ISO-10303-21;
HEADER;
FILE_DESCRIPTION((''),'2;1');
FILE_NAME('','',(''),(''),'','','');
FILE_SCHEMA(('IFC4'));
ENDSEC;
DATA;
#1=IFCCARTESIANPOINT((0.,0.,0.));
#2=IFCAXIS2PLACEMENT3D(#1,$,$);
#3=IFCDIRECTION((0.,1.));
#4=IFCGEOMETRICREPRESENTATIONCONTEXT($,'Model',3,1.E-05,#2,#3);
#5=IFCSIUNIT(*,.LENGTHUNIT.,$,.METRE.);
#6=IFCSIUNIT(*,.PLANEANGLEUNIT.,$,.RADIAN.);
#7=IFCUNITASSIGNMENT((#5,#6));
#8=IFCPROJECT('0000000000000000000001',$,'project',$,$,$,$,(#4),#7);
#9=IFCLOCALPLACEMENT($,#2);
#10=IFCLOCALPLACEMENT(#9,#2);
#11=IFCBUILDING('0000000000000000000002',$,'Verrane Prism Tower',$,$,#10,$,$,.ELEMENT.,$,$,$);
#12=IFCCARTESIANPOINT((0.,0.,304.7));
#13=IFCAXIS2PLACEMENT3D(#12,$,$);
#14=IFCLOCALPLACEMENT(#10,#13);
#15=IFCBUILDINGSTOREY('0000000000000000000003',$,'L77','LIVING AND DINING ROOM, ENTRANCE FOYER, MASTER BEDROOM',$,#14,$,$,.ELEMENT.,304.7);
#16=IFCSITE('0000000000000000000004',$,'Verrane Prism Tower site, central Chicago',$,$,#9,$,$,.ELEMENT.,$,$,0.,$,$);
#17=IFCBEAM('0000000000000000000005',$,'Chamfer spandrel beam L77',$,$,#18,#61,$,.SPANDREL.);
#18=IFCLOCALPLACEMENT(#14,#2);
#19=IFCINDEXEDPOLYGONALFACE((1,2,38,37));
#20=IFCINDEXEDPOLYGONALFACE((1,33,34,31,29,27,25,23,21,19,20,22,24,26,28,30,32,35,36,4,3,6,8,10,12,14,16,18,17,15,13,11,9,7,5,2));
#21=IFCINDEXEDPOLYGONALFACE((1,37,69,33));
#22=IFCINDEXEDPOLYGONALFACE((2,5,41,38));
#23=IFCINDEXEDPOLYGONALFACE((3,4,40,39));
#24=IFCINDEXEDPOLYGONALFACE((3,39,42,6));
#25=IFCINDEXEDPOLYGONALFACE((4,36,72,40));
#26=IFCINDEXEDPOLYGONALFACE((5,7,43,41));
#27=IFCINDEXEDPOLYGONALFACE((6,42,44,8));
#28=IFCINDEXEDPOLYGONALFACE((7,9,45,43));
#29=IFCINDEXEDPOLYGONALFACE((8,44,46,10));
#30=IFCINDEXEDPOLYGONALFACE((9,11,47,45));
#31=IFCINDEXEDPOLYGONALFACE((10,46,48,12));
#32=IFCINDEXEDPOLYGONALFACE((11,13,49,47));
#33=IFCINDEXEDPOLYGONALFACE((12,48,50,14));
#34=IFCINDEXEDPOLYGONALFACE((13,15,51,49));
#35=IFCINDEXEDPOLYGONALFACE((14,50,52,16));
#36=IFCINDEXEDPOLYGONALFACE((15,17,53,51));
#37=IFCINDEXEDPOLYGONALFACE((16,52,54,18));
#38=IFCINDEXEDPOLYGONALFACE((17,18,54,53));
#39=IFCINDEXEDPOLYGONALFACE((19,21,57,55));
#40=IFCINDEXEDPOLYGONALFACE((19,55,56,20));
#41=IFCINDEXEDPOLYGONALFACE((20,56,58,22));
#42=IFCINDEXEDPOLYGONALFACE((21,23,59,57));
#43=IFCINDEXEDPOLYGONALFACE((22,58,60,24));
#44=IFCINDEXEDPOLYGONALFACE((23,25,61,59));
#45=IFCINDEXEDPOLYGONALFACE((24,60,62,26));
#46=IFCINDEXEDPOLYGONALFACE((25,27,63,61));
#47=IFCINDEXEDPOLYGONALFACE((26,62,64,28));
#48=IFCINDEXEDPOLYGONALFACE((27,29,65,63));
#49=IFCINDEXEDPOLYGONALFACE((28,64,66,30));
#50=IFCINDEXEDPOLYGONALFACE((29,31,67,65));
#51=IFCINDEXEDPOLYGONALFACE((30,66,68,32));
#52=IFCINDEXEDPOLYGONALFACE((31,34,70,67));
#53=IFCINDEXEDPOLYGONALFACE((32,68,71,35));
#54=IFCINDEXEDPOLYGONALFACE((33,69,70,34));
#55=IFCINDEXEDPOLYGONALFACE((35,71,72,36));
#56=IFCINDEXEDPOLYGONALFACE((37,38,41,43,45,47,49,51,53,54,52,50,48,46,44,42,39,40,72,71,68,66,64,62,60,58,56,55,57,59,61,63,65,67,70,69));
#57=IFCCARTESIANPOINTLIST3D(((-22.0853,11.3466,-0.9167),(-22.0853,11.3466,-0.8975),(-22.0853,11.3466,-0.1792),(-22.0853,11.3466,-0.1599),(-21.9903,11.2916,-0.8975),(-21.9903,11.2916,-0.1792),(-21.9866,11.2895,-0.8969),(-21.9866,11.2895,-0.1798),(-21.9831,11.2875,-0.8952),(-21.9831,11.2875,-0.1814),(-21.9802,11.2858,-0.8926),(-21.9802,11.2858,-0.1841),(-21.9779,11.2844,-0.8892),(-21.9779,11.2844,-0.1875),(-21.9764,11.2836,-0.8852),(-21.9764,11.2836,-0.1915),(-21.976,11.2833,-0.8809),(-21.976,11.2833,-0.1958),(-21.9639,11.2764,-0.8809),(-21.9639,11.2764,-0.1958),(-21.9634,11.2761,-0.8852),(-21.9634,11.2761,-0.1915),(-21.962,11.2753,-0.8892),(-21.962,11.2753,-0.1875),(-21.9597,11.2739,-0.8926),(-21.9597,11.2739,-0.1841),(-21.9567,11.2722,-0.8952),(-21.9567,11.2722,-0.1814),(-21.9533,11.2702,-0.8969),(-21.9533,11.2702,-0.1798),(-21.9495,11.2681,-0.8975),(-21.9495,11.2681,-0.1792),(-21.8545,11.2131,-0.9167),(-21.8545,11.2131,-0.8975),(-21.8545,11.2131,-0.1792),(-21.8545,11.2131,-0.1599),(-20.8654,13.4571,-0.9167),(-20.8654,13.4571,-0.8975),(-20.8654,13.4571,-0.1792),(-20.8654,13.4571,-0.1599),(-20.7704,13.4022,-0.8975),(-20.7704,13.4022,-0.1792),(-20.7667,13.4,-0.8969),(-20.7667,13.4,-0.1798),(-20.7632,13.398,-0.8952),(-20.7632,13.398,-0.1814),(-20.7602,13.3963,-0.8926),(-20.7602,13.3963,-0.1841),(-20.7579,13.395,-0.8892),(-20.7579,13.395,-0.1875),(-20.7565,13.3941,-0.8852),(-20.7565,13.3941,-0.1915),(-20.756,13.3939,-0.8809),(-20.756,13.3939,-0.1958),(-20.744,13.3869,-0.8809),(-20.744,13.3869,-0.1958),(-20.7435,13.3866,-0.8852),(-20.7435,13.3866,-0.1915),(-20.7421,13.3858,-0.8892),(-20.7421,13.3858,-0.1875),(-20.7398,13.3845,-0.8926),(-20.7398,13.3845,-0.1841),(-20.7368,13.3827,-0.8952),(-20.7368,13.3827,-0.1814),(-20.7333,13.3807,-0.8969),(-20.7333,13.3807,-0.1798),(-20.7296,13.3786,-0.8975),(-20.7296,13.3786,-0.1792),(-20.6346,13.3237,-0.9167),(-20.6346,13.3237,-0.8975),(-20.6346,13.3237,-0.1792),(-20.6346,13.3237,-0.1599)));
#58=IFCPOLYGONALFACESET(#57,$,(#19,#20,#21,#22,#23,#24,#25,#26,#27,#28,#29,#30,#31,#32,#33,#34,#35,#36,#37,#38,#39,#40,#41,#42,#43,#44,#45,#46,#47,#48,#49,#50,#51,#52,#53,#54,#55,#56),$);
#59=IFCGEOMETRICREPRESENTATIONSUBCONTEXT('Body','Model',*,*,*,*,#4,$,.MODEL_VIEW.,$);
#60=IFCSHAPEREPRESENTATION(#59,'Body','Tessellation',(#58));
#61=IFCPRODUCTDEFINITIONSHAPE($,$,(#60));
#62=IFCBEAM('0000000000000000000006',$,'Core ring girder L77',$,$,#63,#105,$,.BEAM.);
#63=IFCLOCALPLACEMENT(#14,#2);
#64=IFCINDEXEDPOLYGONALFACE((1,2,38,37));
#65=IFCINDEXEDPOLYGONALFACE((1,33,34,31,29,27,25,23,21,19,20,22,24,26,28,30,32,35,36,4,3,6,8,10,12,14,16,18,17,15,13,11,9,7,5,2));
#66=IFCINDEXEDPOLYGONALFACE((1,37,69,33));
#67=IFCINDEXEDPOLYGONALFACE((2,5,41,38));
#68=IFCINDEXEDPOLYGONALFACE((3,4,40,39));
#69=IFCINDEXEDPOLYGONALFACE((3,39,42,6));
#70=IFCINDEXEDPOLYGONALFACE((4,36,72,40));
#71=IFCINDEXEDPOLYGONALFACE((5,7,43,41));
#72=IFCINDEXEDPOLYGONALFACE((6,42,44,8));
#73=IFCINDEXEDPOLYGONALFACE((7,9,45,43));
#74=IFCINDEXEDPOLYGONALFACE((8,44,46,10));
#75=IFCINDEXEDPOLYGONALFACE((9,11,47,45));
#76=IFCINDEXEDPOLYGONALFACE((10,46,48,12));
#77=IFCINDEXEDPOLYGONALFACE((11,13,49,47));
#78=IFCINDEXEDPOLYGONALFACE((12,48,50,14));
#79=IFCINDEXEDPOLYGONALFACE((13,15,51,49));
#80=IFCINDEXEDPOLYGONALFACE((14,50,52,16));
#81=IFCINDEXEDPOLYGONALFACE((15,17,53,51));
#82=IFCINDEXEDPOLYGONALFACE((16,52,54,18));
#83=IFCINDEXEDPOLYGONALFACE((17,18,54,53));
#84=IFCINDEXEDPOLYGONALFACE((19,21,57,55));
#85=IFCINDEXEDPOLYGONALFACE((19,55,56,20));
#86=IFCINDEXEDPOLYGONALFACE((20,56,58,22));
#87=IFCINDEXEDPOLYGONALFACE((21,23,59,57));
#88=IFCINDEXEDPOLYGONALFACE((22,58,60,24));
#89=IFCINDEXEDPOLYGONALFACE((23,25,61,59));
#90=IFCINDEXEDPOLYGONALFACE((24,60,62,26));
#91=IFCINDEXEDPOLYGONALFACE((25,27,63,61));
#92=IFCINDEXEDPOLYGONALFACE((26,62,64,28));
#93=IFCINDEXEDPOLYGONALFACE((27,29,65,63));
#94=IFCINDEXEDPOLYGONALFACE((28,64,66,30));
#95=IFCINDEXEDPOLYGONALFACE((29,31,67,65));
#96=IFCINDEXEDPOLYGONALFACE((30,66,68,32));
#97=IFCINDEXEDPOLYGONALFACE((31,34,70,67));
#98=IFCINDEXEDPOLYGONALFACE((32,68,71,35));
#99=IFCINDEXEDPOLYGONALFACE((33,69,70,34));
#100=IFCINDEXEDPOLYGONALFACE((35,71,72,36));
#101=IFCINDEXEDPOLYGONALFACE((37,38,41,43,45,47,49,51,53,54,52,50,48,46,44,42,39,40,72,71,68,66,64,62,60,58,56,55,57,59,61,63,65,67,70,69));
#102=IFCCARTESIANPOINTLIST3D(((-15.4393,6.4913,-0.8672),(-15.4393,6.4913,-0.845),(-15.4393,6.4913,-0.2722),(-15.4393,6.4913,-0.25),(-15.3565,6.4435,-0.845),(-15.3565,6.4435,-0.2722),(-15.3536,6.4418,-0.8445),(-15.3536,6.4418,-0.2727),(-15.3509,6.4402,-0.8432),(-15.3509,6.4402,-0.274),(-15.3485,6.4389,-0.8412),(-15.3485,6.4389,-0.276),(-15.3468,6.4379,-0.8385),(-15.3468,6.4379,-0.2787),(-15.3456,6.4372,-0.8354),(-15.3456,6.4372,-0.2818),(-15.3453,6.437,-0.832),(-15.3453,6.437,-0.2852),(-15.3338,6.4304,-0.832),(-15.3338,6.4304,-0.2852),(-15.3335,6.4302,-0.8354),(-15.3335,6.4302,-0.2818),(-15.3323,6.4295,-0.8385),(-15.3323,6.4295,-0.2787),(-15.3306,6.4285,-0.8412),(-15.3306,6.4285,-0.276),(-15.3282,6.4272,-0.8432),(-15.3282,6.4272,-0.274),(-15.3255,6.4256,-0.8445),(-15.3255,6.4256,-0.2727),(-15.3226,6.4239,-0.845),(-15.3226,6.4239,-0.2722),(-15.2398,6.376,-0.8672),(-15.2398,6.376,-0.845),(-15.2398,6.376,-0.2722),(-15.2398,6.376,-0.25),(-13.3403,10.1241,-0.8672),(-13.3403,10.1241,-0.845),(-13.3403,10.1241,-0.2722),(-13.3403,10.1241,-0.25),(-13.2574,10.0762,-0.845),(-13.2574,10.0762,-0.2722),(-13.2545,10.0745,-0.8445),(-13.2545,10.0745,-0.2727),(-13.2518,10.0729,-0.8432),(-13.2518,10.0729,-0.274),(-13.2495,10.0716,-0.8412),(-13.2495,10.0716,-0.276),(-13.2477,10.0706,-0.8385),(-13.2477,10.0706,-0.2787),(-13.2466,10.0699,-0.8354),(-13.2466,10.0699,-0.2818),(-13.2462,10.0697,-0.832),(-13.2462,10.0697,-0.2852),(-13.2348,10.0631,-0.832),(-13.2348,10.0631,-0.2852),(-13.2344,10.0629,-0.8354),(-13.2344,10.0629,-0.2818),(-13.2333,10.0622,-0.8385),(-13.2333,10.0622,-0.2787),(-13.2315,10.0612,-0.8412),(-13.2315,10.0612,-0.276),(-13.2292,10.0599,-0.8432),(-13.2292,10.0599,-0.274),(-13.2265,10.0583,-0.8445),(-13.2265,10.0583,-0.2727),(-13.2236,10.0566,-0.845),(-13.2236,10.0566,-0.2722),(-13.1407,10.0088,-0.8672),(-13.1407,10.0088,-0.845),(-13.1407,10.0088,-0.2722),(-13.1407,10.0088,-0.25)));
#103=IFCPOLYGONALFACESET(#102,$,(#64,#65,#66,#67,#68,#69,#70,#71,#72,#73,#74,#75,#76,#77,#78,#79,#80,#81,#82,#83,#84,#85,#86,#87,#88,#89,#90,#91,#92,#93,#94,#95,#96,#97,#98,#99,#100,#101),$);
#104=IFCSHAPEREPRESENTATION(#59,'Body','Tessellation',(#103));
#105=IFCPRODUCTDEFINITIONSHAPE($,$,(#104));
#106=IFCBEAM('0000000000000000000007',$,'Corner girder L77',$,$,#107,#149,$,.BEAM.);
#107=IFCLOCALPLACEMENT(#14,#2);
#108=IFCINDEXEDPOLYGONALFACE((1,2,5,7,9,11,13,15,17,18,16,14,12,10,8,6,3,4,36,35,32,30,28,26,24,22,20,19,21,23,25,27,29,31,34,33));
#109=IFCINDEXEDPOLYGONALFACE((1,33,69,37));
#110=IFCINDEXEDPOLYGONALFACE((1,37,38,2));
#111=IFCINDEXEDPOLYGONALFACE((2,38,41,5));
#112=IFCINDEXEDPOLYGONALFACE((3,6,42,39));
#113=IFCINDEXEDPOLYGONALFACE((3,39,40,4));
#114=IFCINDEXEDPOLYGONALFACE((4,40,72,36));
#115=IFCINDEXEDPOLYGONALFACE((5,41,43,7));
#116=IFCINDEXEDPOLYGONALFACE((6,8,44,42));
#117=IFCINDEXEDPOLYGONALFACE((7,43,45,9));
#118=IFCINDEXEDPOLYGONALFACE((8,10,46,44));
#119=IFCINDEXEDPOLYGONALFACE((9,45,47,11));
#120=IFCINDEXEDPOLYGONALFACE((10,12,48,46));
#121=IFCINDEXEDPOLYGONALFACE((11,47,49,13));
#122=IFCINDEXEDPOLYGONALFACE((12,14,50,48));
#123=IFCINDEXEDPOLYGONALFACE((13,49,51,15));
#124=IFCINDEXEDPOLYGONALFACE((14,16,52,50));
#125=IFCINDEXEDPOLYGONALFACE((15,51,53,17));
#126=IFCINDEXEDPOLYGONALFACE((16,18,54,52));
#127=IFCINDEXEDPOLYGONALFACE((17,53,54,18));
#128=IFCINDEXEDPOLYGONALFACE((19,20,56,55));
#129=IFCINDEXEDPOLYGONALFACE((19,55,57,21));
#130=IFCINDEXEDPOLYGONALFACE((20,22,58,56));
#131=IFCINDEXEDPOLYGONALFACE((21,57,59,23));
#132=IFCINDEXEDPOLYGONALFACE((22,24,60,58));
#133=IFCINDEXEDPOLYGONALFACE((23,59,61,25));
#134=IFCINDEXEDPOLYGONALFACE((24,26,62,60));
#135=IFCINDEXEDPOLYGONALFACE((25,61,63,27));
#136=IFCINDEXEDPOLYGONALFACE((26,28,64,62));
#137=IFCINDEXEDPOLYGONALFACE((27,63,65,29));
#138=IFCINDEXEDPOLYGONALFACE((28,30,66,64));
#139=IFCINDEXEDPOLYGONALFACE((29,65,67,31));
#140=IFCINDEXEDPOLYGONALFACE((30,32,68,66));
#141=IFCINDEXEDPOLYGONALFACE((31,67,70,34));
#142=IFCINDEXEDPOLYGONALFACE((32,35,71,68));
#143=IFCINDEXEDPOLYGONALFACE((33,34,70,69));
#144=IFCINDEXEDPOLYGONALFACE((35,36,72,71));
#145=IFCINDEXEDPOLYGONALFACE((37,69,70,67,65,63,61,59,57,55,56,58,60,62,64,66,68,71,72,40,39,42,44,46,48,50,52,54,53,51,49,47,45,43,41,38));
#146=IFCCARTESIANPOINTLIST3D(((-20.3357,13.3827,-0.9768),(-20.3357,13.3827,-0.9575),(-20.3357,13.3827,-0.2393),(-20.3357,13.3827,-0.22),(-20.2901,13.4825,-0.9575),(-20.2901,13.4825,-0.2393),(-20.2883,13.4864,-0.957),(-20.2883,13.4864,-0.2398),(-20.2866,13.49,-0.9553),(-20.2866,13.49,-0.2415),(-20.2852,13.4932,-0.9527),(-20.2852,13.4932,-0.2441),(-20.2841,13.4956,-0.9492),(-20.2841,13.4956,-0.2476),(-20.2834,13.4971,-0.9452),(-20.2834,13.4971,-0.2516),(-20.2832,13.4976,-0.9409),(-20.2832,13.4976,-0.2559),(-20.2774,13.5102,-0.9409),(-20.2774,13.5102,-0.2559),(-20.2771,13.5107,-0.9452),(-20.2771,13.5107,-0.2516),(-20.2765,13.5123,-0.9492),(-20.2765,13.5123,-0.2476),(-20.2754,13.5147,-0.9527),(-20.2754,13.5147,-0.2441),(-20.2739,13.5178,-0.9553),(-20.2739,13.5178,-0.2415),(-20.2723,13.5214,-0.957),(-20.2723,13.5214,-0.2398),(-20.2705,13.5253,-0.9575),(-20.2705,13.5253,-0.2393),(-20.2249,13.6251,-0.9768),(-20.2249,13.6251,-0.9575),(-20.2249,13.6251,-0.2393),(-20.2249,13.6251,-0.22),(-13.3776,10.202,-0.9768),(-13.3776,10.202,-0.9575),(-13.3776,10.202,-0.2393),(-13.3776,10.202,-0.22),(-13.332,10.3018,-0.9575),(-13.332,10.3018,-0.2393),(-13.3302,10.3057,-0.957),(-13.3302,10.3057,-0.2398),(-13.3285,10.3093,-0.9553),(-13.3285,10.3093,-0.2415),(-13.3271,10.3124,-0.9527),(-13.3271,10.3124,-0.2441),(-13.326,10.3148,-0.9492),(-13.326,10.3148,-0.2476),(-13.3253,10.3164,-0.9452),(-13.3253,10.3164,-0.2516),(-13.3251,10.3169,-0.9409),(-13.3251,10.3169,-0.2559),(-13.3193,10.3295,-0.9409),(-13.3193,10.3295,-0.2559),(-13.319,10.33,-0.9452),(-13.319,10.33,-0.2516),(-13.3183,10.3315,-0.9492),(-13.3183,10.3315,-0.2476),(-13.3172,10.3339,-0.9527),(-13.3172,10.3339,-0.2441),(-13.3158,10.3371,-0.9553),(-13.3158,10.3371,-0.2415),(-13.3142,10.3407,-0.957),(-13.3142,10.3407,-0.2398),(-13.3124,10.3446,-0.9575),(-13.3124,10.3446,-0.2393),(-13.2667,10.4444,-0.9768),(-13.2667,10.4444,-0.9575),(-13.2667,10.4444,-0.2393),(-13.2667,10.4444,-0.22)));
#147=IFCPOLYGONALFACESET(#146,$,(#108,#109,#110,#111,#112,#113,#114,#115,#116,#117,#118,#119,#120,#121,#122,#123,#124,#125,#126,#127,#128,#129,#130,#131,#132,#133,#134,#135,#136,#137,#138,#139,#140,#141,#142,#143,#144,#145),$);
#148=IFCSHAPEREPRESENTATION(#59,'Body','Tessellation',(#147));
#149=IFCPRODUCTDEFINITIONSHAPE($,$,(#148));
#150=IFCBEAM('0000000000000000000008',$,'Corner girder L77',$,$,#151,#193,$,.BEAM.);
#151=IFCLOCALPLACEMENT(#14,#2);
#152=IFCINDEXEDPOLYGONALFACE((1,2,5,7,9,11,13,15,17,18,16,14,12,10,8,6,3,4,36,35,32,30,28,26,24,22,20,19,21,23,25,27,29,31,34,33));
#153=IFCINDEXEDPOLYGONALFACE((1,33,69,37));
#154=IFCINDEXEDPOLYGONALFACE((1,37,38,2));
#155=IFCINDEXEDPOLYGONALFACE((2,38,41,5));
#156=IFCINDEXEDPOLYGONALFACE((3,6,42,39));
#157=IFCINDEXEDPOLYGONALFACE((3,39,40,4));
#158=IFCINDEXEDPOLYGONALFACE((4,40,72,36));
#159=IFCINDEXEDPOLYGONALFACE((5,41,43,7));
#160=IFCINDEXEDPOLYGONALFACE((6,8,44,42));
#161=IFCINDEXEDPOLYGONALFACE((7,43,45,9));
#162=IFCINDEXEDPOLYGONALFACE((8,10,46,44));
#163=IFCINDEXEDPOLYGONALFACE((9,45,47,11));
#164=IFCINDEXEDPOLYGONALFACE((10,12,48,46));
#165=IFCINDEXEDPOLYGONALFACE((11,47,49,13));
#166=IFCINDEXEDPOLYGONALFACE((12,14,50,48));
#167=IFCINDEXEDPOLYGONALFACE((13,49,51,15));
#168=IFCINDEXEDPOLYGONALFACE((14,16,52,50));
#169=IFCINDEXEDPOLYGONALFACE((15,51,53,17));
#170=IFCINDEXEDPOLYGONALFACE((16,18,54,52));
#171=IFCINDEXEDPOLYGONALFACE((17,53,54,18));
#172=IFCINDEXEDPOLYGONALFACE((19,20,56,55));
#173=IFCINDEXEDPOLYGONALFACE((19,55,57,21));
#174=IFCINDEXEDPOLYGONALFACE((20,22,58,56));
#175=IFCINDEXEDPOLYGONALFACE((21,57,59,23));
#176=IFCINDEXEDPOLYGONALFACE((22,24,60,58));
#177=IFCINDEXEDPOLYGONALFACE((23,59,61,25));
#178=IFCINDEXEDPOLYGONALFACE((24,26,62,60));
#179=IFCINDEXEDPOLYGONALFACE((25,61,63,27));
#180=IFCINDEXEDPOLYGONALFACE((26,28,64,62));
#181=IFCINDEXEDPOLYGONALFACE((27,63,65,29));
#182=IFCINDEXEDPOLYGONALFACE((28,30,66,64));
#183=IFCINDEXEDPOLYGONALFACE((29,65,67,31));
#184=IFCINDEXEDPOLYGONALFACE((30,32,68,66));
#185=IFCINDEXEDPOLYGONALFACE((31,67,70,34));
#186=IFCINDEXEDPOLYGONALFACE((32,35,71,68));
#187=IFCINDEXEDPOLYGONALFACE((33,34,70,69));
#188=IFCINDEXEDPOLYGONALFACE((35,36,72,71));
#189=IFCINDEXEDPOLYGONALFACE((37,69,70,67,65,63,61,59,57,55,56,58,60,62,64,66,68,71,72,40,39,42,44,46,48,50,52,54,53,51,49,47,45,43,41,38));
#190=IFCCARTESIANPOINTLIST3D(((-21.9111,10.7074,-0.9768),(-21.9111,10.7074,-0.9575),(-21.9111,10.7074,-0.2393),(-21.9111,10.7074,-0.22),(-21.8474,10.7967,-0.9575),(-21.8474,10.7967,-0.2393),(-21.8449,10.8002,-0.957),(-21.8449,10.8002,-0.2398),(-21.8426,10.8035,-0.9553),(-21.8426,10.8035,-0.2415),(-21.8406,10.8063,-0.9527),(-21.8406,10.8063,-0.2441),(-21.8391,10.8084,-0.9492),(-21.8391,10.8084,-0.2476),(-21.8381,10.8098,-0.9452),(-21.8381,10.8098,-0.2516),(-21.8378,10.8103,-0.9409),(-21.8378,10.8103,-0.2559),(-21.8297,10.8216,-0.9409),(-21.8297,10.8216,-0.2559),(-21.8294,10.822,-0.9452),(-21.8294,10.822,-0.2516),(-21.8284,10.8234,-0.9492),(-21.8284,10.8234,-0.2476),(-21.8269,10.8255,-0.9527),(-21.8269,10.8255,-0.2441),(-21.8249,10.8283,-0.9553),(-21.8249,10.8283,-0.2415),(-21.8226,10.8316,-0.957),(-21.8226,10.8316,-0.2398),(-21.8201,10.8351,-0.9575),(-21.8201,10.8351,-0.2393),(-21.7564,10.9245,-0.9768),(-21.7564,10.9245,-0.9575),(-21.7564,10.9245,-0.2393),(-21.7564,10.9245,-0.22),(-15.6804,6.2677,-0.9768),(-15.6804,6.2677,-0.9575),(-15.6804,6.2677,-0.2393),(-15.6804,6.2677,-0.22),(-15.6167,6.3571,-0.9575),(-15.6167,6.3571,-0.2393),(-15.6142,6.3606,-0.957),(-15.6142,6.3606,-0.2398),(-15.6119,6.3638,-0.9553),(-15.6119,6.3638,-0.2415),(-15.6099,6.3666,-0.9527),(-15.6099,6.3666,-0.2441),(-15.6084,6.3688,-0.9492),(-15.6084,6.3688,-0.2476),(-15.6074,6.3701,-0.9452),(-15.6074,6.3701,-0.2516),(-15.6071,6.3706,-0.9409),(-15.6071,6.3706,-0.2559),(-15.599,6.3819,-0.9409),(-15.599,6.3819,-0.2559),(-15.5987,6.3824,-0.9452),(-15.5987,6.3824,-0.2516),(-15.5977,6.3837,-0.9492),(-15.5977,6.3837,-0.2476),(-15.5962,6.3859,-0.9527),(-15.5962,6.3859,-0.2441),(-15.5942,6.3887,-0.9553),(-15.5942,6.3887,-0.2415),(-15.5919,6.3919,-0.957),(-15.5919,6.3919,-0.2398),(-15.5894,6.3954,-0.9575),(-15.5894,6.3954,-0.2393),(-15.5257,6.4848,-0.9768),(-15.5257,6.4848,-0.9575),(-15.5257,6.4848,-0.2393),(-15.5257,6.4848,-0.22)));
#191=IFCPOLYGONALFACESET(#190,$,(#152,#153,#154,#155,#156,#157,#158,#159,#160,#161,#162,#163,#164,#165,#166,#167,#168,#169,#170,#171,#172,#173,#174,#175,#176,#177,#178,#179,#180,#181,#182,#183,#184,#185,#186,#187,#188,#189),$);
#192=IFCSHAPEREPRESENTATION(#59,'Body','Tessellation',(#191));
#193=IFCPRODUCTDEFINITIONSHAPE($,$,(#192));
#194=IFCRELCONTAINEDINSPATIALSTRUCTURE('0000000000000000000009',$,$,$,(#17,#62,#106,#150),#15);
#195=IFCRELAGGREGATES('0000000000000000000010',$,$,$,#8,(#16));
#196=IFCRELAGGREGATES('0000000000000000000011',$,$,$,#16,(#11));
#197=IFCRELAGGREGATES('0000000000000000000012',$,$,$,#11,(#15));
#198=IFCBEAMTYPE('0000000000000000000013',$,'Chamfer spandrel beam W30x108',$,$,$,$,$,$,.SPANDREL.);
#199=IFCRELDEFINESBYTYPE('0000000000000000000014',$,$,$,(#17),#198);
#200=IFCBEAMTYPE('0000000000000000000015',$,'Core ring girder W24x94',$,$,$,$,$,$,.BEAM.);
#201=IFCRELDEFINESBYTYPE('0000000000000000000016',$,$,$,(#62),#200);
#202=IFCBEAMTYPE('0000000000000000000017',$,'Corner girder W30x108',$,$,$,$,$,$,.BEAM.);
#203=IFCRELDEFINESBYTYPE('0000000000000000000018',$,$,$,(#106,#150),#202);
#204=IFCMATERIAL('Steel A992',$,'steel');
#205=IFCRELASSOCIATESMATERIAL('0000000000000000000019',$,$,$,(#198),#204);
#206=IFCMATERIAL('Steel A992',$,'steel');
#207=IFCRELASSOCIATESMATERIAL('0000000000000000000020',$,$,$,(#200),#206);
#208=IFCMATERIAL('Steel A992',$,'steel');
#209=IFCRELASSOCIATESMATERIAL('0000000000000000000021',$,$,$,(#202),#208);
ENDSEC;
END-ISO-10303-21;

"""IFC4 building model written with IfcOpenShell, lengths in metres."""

from ifc_helpers import new_model, si_unit, direction, frame, origin, origin_2d, place, context, subcontext, project, spatial, i_section, extrude, material, material_profile, profile_set, type_object, element, save


model = new_model("IFC4")

# Units and contexts
model_context = context("Model", 3, precision=1e-05, world=origin(), true_north=direction((0.0, 1.0)))
body_context = subcontext(model_context, "Body", "Model", "MODEL_VIEW")
ifc_project = project(units=[si_unit("LENGTHUNIT", "METRE"), si_unit("PLANEANGLEUNIT", "RADIAN")], contexts=[model_context])

# Site, building, storey
site_placement = place(None, origin())
site = spatial("IfcSite", under=ifc_project, at=site_placement, Name="Verrane Prism Tower site, central Chicago", CompositionType="ELEMENT", RefElevation=0.0)
building_placement = place(site_placement, origin())
building = spatial("IfcBuilding", under=site, at=building_placement, Name="Verrane Prism Tower", CompositionType="ELEMENT")
storey_placement = place(building_placement, frame((0.0, 0.0, 304.7)))
storey = spatial("IfcBuildingStorey", under=building, at=storey_placement, Name="L77", Description="LIVING AND DINING ROOM, ENTRANCE FOYER, MASTER BEDROOM", CompositionType="ELEMENT", Elevation=304.7)

# Beams
ifc_material_1 = material(Name="Steel A992", Category="steel")
ifc_material_profile_1 = material_profile(ifc_material_1, i_section(OverallWidth=0.2666, OverallDepth=0.7568, WebThickness=0.0139, FlangeThickness=0.0193, FilletRadius=0.0166, at=origin_2d()), Name="W30x108")
ifc_profile_set_1 = profile_set([ifc_material_profile_1], Name="Steel A992")
beam_type_1 = type_object("IfcBeamType", Name="Chamfer spandrel beam W30x108", PredefinedType="SPANDREL", material=ifc_profile_set_1)
beam_1_placement = place(storey_placement, frame((-20.75, 13.3904, -0.5383), z_axis=(-0.500436, -0.865773, 0.0), x_axis=(0.865773, -0.500436, 0.0)))
element("IfcBeam", 1, at=beam_1_placement, inside=storey, type_object=beam_type_1, Name="Chamfer spandrel beam L77", PredefinedType="SPANDREL", context=body_context, shape_type="SweptSolid", body=[
    extrude(i_section(OverallWidth=0.2666, OverallDepth=0.7568, WebThickness=0.0139, FlangeThickness=0.0193, FilletRadius=0.0166, at=origin_2d()), origin(), (0.0, 0.0, 1.0), 2.4377),
])
ifc_material_2 = material(Name="Steel A992", Category="steel")
ifc_material_profile_2 = material_profile(ifc_material_2, i_section(OverallWidth=0.2305, OverallDepth=0.6172, WebThickness=0.0132, FlangeThickness=0.0222, FilletRadius=0.0129, at=origin_2d()), Name="W24x94")
ifc_profile_set_2 = profile_set([ifc_material_profile_2], Name="Steel A992")
beam_type_2 = type_object("IfcBeamType", Name="Core ring girder W24x94", PredefinedType="BEAM", material=ifc_profile_set_2)
beam_2_placement = place(storey_placement, frame((-13.2405, 10.0664, -0.5586), z_axis=(-0.500307, -0.865848, 0.0), x_axis=(0.865848, -0.500307, 0.0)))
element("IfcBeam", 2, at=beam_2_placement, inside=storey, type_object=beam_type_2, Name="Core ring girder L77", PredefinedType="BEAM", context=body_context, shape_type="SweptSolid", body=[
    extrude(i_section(OverallWidth=0.2305, OverallDepth=0.6172, WebThickness=0.0132, FlangeThickness=0.0222, FilletRadius=0.0129, at=origin_2d()), origin(), (0.0, 0.0, 1.0), 4.1956),
])
ifc_material_3 = material(Name="Steel A992", Category="steel")
ifc_material_profile_3 = material_profile(ifc_material_3, i_section(OverallWidth=0.2666, OverallDepth=0.7568, WebThickness=0.0139, FlangeThickness=0.0193, FilletRadius=0.0166, at=origin_2d()), Name="W30x108")
ifc_profile_set_3 = profile_set([ifc_material_profile_3], Name="Steel A992")
beam_type_3 = type_object("IfcBeamType", Name="Corner girder W30x108", PredefinedType="BEAM", material=ifc_profile_set_3)
for number, where, z_axis, x_axis, name in (
    (3, (-20.2803, 13.5039, -0.5984), (0.909481, -0.415745, 0.0), (0.415745, 0.909481, 0.0), "Corner girder L77"),
    (4, (-21.8337, 10.8159, -0.5984), (0.814401, -0.580302, 0.0), (0.580302, 0.814401, 0.0), "Corner girder L77"),
):
    element("IfcBeam", number, at=place(storey_placement, frame(where, z_axis=z_axis, x_axis=x_axis)), inside=storey, type_object=beam_type_3, Name=name, PredefinedType="BEAM", context=body_context, shape_type="SweptSolid", body=[
        extrude(i_section(OverallWidth=0.2666, OverallDepth=0.7568, WebThickness=0.0139, FlangeThickness=0.0193, FilletRadius=0.0166, at=origin_2d()), origin(), (0.0, 0.0, 1.0), 7.6506),
    ])

save(model, "model.ifc")
